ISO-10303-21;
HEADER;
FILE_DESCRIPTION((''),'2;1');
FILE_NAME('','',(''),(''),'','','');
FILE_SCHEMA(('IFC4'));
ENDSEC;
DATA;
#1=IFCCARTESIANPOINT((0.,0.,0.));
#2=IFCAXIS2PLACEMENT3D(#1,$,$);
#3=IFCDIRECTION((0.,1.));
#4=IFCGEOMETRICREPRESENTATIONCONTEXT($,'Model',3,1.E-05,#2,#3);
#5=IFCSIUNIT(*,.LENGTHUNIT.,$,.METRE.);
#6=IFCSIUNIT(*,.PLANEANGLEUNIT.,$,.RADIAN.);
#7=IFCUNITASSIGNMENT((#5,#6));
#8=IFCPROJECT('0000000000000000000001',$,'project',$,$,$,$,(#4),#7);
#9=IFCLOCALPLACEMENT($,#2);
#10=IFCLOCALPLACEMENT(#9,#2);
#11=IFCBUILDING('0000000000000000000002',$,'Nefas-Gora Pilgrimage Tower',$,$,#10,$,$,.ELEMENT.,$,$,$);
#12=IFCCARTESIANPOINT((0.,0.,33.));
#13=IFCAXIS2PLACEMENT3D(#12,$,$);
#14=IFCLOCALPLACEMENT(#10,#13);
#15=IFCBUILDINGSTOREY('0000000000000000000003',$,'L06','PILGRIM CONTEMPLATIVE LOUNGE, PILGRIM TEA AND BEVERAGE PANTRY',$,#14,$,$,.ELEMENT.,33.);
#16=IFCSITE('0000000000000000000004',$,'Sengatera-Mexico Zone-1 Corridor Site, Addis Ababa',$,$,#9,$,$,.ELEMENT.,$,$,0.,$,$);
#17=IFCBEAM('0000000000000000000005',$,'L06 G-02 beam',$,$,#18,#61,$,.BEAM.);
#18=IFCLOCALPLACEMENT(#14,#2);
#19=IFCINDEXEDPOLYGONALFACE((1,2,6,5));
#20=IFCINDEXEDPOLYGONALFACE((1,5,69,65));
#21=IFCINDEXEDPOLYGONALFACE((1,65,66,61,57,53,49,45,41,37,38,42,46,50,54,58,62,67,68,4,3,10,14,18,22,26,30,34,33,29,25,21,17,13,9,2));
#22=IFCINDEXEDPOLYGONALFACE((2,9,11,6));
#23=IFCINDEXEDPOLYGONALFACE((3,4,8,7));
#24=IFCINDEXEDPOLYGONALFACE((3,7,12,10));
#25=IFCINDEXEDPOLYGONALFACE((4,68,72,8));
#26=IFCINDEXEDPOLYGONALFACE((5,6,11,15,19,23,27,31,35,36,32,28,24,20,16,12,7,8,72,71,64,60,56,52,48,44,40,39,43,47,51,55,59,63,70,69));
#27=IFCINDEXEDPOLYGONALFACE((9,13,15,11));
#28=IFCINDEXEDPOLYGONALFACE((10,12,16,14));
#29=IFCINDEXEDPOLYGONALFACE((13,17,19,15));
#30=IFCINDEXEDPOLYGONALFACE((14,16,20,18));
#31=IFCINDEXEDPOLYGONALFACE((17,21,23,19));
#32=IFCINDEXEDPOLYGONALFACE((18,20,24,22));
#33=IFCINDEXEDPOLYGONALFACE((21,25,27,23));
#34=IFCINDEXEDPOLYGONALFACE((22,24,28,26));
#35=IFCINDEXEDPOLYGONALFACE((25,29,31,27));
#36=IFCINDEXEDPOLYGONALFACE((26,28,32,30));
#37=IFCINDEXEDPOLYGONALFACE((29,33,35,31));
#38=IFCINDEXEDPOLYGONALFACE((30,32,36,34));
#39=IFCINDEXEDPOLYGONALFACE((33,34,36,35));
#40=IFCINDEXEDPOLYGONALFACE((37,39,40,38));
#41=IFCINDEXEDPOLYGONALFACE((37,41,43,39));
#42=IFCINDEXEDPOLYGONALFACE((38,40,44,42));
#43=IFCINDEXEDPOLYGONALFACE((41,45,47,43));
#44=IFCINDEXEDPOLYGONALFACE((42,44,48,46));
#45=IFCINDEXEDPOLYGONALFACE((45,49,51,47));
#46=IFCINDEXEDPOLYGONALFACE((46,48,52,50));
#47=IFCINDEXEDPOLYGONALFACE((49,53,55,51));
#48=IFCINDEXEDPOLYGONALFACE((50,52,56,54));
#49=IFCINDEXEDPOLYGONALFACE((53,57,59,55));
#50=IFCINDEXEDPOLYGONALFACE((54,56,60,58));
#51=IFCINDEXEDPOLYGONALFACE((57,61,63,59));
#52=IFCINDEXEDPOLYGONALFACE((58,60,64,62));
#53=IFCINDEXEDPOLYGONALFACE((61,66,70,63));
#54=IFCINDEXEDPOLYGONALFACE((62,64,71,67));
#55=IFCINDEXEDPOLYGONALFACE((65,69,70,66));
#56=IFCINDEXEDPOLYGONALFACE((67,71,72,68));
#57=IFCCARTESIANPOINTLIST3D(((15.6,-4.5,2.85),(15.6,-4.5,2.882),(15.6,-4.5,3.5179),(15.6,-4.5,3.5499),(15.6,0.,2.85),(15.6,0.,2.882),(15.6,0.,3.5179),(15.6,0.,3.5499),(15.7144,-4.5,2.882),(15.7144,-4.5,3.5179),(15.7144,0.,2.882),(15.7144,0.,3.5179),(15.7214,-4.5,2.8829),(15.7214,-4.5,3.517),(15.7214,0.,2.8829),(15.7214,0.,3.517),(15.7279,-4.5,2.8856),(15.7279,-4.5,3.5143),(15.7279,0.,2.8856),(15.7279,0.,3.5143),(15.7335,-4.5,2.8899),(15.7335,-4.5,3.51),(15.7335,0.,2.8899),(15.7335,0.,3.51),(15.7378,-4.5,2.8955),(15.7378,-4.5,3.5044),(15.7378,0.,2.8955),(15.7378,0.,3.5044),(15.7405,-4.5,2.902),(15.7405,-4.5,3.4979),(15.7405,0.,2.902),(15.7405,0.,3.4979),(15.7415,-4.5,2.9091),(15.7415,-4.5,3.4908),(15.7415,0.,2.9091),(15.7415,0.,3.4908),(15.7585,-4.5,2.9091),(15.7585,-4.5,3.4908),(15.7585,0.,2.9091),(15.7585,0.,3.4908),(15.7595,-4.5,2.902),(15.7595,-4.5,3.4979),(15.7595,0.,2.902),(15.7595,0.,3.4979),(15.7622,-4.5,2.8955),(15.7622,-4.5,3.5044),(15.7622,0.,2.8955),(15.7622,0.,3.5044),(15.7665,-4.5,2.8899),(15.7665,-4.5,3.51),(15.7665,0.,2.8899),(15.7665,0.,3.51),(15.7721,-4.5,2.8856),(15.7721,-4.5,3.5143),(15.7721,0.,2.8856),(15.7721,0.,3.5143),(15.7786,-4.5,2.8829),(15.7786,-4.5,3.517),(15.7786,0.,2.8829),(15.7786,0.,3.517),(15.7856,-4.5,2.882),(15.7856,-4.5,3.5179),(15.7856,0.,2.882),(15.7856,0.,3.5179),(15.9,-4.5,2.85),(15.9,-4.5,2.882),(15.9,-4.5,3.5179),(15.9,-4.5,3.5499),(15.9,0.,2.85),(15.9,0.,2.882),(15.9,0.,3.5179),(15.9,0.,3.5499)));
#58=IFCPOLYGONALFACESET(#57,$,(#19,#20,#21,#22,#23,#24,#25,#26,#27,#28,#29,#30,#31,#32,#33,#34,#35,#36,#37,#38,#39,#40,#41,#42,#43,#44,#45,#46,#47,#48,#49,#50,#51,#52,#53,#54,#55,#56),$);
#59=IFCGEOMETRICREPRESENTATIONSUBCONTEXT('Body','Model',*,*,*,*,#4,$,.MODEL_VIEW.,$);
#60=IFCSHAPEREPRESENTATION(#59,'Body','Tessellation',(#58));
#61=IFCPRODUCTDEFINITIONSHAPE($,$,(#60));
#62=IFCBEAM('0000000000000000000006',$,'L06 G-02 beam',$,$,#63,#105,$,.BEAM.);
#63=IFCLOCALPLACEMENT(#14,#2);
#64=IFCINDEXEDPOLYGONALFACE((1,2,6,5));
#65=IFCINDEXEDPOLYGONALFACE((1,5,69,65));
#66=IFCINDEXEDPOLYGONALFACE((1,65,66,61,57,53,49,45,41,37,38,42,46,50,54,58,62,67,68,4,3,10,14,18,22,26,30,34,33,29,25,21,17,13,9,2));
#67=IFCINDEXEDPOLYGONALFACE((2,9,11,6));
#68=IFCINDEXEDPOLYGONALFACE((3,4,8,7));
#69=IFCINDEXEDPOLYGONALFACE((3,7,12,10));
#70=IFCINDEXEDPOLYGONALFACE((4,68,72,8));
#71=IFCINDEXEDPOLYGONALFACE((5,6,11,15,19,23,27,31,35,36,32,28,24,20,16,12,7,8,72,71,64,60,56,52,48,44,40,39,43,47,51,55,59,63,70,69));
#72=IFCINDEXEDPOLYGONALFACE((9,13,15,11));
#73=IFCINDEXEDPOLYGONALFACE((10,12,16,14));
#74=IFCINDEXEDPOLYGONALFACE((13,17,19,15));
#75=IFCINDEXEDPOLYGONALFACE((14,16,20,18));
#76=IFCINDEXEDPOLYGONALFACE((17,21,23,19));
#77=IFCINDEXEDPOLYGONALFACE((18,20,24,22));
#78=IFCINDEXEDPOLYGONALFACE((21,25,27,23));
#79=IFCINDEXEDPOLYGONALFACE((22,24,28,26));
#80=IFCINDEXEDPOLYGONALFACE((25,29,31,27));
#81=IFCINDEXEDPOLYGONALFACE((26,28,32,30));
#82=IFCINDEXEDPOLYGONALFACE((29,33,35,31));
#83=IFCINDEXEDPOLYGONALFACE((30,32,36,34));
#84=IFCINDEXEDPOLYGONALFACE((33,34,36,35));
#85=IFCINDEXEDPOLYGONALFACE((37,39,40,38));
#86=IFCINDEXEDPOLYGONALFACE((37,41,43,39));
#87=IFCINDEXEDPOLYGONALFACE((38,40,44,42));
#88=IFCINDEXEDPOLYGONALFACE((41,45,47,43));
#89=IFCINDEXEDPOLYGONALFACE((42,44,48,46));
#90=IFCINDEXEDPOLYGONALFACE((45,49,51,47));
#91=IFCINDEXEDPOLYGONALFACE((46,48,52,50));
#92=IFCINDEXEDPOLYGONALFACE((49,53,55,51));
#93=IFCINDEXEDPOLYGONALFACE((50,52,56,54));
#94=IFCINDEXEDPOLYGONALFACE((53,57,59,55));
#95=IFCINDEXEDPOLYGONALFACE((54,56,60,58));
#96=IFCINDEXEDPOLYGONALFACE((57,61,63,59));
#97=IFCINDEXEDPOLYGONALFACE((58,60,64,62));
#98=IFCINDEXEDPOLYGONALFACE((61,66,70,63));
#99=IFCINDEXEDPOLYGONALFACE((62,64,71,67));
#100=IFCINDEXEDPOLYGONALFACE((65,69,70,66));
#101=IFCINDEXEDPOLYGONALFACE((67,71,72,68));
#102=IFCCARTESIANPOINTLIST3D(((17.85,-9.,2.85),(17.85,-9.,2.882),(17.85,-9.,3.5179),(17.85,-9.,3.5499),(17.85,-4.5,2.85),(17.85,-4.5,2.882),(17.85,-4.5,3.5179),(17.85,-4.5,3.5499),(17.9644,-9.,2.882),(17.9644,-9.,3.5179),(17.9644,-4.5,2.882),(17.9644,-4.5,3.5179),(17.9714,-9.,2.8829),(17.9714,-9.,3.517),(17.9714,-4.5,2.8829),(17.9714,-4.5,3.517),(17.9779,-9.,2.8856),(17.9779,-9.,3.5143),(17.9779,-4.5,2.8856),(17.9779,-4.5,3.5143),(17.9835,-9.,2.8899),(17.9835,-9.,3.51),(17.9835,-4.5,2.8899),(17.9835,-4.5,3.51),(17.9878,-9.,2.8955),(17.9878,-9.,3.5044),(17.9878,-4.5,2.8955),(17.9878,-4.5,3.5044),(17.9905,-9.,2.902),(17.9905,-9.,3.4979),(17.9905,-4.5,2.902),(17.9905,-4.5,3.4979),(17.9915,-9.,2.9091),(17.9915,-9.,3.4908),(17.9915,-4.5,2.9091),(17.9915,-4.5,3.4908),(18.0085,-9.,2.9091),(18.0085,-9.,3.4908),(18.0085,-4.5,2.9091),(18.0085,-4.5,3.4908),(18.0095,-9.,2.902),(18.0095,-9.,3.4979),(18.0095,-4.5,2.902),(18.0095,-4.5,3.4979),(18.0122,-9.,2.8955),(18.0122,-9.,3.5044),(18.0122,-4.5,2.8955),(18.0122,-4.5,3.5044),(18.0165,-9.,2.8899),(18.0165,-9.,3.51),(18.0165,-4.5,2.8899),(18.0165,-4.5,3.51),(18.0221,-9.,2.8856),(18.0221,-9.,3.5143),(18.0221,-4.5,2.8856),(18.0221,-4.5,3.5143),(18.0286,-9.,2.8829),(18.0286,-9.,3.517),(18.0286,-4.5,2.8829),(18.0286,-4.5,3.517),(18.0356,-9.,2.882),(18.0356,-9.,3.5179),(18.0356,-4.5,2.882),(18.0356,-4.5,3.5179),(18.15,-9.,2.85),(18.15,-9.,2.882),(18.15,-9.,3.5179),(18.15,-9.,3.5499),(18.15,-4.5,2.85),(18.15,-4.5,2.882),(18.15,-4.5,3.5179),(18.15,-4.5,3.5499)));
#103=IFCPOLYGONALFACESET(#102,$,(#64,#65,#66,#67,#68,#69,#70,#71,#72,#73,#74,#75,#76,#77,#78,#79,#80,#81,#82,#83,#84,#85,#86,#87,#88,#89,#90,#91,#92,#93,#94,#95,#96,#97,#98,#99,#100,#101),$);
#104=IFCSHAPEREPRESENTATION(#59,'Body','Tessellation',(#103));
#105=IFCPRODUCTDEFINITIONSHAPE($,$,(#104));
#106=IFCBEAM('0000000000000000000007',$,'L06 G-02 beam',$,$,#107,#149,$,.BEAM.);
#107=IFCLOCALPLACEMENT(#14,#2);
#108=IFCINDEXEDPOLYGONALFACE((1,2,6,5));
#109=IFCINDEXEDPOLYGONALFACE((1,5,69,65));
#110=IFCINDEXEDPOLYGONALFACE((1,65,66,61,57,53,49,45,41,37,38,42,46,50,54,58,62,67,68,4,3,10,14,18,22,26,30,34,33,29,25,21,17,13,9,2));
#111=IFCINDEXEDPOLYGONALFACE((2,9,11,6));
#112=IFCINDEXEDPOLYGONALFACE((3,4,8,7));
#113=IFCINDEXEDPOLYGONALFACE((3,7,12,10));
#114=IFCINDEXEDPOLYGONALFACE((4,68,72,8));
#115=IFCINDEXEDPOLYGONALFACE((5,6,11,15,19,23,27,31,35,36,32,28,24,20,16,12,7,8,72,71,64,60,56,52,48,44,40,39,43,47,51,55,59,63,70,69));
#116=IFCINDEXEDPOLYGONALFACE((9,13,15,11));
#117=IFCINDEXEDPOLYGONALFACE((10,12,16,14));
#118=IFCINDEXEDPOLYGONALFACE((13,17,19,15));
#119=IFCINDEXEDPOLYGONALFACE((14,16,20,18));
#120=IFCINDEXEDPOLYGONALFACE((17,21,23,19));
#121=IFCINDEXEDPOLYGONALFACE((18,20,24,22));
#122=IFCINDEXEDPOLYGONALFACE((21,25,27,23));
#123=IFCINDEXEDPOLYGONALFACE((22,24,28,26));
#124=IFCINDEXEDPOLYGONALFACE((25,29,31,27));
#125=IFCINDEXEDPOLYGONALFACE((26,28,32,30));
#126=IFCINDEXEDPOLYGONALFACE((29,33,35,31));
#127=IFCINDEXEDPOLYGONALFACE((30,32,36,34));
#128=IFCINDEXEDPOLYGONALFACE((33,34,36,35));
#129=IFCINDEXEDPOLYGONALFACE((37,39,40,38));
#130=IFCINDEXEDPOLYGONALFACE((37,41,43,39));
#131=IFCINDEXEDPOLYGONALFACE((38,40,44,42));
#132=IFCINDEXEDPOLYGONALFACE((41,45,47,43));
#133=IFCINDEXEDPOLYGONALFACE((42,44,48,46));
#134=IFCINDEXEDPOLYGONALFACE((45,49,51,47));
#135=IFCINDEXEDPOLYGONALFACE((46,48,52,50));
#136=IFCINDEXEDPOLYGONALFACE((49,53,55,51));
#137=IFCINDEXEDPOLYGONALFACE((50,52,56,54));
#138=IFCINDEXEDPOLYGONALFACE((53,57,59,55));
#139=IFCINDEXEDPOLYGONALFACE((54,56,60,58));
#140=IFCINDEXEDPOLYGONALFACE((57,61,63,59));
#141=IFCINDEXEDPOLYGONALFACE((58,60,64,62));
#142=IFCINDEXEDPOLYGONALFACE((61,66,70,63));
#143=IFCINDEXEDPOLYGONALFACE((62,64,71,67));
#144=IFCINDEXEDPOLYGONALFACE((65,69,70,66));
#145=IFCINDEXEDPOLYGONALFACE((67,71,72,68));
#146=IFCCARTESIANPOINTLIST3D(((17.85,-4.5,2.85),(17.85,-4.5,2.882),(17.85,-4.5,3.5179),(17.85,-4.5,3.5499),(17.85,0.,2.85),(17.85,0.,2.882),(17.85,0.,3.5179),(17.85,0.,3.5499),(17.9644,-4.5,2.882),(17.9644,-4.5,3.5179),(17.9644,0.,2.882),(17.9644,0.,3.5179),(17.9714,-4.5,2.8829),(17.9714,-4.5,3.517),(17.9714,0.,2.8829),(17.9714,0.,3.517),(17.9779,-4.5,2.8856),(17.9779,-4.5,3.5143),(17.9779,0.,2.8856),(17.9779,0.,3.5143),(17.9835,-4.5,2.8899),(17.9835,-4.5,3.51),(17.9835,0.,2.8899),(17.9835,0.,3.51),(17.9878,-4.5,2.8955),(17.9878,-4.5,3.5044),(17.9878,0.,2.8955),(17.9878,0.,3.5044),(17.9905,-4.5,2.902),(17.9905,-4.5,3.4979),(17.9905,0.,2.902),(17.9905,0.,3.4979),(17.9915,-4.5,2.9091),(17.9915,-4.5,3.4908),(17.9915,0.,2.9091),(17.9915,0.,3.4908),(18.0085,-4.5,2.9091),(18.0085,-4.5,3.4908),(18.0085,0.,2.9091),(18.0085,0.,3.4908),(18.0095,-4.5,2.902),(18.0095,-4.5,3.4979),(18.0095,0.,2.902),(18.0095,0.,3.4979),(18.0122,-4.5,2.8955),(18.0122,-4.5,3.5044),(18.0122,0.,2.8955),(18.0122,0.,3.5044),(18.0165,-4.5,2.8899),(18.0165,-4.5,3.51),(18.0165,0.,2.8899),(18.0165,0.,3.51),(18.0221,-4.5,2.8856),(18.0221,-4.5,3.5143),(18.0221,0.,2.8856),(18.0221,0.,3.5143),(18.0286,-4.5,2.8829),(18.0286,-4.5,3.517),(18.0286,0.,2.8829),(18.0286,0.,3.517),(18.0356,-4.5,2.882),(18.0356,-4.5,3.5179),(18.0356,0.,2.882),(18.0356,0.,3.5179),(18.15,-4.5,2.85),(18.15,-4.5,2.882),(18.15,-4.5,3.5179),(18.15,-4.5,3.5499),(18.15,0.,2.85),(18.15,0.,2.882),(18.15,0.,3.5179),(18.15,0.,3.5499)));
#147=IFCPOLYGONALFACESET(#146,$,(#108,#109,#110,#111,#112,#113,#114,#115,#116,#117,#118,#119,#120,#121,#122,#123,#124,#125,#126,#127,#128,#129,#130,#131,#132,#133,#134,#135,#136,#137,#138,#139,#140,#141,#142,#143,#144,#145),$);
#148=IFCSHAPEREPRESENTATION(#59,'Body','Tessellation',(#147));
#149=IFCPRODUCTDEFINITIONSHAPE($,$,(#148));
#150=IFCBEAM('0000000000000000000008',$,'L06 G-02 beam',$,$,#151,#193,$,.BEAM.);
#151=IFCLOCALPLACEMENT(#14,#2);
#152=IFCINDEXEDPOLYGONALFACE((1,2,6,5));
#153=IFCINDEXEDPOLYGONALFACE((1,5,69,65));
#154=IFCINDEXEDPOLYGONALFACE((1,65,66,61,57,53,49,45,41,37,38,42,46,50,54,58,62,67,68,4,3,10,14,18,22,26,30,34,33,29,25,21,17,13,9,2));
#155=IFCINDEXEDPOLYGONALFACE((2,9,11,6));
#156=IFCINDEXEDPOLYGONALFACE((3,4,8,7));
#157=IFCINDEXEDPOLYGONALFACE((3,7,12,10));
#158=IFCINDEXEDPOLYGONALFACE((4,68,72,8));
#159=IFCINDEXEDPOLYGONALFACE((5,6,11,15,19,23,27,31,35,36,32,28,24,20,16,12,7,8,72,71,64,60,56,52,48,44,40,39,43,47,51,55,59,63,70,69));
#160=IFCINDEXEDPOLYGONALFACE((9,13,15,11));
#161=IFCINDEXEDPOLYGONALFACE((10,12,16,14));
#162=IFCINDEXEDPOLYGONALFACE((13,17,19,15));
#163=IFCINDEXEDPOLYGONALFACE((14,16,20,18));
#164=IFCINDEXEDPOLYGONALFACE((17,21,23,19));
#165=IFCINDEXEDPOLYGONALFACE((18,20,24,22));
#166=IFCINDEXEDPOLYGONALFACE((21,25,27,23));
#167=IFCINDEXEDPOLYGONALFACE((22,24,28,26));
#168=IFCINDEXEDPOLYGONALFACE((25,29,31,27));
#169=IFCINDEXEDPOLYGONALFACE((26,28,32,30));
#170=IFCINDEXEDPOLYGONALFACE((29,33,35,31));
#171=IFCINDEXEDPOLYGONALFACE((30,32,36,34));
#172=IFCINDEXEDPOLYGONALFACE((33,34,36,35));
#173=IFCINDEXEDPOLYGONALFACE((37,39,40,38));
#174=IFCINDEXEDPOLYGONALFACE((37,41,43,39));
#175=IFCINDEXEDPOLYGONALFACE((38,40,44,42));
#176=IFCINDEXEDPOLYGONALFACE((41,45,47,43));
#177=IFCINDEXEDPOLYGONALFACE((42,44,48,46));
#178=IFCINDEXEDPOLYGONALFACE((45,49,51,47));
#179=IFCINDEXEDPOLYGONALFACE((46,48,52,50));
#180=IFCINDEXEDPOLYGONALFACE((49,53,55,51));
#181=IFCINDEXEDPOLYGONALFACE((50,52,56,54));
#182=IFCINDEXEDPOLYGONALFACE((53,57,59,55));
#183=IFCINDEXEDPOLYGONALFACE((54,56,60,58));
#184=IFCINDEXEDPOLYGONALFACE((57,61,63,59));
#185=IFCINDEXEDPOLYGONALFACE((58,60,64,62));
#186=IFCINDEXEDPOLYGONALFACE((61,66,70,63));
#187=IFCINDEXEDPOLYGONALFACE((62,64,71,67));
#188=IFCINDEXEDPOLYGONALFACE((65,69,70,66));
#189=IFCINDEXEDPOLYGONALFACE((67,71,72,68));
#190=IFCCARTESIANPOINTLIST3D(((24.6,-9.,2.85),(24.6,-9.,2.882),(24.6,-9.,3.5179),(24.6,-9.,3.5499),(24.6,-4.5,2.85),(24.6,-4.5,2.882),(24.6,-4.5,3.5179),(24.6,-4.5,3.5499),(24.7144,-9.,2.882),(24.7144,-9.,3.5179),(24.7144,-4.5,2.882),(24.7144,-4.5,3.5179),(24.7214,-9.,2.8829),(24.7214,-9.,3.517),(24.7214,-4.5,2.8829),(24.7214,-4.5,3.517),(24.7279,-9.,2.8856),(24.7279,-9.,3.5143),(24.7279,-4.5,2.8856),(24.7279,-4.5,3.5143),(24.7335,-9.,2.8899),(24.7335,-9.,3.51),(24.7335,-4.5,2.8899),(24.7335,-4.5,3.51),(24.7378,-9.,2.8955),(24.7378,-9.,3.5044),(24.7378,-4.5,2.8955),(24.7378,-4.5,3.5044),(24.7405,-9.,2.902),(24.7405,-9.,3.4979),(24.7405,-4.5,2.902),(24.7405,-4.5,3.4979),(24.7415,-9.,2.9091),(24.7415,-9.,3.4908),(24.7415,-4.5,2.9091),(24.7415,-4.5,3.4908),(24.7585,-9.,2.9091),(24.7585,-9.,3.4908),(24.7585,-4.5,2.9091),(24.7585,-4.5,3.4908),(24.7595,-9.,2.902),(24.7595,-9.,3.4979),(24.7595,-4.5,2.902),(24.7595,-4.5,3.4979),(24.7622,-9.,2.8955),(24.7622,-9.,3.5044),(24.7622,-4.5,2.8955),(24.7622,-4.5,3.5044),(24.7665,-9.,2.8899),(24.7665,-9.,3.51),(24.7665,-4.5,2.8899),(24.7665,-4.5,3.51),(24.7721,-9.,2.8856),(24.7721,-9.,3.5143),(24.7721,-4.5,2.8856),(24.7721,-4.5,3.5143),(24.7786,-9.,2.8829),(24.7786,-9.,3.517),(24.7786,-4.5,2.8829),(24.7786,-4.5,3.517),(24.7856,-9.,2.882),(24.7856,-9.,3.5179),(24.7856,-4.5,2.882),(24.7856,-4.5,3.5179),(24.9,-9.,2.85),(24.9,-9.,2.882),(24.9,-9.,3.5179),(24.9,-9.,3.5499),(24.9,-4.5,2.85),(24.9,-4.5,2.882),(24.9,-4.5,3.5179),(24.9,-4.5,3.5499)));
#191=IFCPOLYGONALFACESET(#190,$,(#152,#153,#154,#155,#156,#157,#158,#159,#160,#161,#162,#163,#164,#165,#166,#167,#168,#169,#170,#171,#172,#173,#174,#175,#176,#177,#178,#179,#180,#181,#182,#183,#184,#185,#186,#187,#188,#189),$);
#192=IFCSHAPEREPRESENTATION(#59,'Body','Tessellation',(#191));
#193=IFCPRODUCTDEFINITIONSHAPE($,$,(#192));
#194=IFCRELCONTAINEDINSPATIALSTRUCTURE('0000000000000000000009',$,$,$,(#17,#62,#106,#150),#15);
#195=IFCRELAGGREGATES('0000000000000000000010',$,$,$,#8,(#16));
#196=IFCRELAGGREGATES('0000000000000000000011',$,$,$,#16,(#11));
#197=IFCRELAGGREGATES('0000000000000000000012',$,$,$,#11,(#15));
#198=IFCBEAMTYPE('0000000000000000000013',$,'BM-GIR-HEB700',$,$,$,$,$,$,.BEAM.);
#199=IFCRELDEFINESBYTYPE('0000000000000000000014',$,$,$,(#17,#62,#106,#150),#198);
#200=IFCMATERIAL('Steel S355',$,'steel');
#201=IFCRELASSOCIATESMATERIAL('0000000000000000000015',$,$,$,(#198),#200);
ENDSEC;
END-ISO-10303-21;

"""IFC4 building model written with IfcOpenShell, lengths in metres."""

from ifc_helpers import new_model, si_unit, direction, frame, origin, origin_2d, place, context, subcontext, project, spatial, i_section, extrude, source, transform, mapped, material, material_profile, profile_set, type_object, element, save


model = new_model("IFC4")

# Units and contexts
model_context = context("Model", 3, precision=1e-05, world=origin(), true_north=direction((0.0, 1.0)))
body_context = subcontext(model_context, "Body", "Model", "MODEL_VIEW")
ifc_project = project(units=[si_unit("LENGTHUNIT", "METRE"), si_unit("PLANEANGLEUNIT", "RADIAN")], contexts=[model_context])

# Site, building, storey
site_placement = place(None, origin())
site = spatial("IfcSite", under=ifc_project, at=site_placement, Name="Sengatera-Mexico Zone-1 Corridor Site, Addis Ababa", CompositionType="ELEMENT", RefElevation=0.0)
building_placement = place(site_placement, origin())
building = spatial("IfcBuilding", under=site, at=building_placement, Name="Nefas-Gora Pilgrimage Tower", CompositionType="ELEMENT")
storey_placement = place(building_placement, frame((0.0, 0.0, 33.0)))
storey = spatial("IfcBuildingStorey", under=building, at=storey_placement, Name="L06", Description="PILGRIM CONTEMPLATIVE LOUNGE, PILGRIM TEA AND BEVERAGE PANTRY", CompositionType="ELEMENT", Elevation=33.0)

# Beams
ifc_material_1 = material(Name="Steel S355", Category="steel")
ifc_material_profile_1 = material_profile(ifc_material_1, i_section(OverallWidth=0.3, OverallDepth=0.7, WebThickness=0.0171, FlangeThickness=0.032, FilletRadius=0.0271, at=origin_2d()), Name="HEB 700")
ifc_profile_set_1 = profile_set([ifc_material_profile_1], Name="Steel S355")
beam_type_1 = type_object("IfcBeamType", Name="BM-GIR-HEB700", PredefinedType="BEAM", material=ifc_profile_set_1)
shared_shape_1 = source(origin(), body_context, "Body", "SweptSolid", [
    extrude(i_section(OverallWidth=0.3, OverallDepth=0.7, WebThickness=0.0171, FlangeThickness=0.032, FilletRadius=0.0271, at=origin_2d()), origin(), (0.0, 0.0, 1.0), 4.5),
])
for number, where, z_axis, x_axis, name in (
    (1, (15.75, -4.5, 3.2), (0.0, 1.0, 0.0), (-1.0, 0.0, 0.0), "L06 G-02 beam"),
    (2, (18.0, -9.0, 3.2), (0.0, 1.0, 0.0), (-1.0, 0.0, 0.0), "L06 G-02 beam"),
    (3, (18.0, -4.5, 3.2), (0.0, 1.0, 0.0), (-1.0, 0.0, 0.0), "L06 G-02 beam"),
    (4, (24.75, -9.0, 3.2), (0.0, 1.0, 0.0), (-1.0, 0.0, 0.0), "L06 G-02 beam"),
):
    element("IfcBeam", number, at=place(storey_placement, frame(where, z_axis=z_axis, x_axis=x_axis)), inside=storey, type_object=beam_type_1, Name=name, PredefinedType="BEAM", context=body_context, shape_type="MappedRepresentation", body=[
        mapped(shared_shape_1, transform((0.0, 0.0, 0.0), x_axis=(1.0, 0.0, 0.0), y_axis=(0.0, 1.0, 0.0), z_axis=(0.0, 0.0, 1.0), scale=1.0)),
    ])

save(model, "model.ifc")
